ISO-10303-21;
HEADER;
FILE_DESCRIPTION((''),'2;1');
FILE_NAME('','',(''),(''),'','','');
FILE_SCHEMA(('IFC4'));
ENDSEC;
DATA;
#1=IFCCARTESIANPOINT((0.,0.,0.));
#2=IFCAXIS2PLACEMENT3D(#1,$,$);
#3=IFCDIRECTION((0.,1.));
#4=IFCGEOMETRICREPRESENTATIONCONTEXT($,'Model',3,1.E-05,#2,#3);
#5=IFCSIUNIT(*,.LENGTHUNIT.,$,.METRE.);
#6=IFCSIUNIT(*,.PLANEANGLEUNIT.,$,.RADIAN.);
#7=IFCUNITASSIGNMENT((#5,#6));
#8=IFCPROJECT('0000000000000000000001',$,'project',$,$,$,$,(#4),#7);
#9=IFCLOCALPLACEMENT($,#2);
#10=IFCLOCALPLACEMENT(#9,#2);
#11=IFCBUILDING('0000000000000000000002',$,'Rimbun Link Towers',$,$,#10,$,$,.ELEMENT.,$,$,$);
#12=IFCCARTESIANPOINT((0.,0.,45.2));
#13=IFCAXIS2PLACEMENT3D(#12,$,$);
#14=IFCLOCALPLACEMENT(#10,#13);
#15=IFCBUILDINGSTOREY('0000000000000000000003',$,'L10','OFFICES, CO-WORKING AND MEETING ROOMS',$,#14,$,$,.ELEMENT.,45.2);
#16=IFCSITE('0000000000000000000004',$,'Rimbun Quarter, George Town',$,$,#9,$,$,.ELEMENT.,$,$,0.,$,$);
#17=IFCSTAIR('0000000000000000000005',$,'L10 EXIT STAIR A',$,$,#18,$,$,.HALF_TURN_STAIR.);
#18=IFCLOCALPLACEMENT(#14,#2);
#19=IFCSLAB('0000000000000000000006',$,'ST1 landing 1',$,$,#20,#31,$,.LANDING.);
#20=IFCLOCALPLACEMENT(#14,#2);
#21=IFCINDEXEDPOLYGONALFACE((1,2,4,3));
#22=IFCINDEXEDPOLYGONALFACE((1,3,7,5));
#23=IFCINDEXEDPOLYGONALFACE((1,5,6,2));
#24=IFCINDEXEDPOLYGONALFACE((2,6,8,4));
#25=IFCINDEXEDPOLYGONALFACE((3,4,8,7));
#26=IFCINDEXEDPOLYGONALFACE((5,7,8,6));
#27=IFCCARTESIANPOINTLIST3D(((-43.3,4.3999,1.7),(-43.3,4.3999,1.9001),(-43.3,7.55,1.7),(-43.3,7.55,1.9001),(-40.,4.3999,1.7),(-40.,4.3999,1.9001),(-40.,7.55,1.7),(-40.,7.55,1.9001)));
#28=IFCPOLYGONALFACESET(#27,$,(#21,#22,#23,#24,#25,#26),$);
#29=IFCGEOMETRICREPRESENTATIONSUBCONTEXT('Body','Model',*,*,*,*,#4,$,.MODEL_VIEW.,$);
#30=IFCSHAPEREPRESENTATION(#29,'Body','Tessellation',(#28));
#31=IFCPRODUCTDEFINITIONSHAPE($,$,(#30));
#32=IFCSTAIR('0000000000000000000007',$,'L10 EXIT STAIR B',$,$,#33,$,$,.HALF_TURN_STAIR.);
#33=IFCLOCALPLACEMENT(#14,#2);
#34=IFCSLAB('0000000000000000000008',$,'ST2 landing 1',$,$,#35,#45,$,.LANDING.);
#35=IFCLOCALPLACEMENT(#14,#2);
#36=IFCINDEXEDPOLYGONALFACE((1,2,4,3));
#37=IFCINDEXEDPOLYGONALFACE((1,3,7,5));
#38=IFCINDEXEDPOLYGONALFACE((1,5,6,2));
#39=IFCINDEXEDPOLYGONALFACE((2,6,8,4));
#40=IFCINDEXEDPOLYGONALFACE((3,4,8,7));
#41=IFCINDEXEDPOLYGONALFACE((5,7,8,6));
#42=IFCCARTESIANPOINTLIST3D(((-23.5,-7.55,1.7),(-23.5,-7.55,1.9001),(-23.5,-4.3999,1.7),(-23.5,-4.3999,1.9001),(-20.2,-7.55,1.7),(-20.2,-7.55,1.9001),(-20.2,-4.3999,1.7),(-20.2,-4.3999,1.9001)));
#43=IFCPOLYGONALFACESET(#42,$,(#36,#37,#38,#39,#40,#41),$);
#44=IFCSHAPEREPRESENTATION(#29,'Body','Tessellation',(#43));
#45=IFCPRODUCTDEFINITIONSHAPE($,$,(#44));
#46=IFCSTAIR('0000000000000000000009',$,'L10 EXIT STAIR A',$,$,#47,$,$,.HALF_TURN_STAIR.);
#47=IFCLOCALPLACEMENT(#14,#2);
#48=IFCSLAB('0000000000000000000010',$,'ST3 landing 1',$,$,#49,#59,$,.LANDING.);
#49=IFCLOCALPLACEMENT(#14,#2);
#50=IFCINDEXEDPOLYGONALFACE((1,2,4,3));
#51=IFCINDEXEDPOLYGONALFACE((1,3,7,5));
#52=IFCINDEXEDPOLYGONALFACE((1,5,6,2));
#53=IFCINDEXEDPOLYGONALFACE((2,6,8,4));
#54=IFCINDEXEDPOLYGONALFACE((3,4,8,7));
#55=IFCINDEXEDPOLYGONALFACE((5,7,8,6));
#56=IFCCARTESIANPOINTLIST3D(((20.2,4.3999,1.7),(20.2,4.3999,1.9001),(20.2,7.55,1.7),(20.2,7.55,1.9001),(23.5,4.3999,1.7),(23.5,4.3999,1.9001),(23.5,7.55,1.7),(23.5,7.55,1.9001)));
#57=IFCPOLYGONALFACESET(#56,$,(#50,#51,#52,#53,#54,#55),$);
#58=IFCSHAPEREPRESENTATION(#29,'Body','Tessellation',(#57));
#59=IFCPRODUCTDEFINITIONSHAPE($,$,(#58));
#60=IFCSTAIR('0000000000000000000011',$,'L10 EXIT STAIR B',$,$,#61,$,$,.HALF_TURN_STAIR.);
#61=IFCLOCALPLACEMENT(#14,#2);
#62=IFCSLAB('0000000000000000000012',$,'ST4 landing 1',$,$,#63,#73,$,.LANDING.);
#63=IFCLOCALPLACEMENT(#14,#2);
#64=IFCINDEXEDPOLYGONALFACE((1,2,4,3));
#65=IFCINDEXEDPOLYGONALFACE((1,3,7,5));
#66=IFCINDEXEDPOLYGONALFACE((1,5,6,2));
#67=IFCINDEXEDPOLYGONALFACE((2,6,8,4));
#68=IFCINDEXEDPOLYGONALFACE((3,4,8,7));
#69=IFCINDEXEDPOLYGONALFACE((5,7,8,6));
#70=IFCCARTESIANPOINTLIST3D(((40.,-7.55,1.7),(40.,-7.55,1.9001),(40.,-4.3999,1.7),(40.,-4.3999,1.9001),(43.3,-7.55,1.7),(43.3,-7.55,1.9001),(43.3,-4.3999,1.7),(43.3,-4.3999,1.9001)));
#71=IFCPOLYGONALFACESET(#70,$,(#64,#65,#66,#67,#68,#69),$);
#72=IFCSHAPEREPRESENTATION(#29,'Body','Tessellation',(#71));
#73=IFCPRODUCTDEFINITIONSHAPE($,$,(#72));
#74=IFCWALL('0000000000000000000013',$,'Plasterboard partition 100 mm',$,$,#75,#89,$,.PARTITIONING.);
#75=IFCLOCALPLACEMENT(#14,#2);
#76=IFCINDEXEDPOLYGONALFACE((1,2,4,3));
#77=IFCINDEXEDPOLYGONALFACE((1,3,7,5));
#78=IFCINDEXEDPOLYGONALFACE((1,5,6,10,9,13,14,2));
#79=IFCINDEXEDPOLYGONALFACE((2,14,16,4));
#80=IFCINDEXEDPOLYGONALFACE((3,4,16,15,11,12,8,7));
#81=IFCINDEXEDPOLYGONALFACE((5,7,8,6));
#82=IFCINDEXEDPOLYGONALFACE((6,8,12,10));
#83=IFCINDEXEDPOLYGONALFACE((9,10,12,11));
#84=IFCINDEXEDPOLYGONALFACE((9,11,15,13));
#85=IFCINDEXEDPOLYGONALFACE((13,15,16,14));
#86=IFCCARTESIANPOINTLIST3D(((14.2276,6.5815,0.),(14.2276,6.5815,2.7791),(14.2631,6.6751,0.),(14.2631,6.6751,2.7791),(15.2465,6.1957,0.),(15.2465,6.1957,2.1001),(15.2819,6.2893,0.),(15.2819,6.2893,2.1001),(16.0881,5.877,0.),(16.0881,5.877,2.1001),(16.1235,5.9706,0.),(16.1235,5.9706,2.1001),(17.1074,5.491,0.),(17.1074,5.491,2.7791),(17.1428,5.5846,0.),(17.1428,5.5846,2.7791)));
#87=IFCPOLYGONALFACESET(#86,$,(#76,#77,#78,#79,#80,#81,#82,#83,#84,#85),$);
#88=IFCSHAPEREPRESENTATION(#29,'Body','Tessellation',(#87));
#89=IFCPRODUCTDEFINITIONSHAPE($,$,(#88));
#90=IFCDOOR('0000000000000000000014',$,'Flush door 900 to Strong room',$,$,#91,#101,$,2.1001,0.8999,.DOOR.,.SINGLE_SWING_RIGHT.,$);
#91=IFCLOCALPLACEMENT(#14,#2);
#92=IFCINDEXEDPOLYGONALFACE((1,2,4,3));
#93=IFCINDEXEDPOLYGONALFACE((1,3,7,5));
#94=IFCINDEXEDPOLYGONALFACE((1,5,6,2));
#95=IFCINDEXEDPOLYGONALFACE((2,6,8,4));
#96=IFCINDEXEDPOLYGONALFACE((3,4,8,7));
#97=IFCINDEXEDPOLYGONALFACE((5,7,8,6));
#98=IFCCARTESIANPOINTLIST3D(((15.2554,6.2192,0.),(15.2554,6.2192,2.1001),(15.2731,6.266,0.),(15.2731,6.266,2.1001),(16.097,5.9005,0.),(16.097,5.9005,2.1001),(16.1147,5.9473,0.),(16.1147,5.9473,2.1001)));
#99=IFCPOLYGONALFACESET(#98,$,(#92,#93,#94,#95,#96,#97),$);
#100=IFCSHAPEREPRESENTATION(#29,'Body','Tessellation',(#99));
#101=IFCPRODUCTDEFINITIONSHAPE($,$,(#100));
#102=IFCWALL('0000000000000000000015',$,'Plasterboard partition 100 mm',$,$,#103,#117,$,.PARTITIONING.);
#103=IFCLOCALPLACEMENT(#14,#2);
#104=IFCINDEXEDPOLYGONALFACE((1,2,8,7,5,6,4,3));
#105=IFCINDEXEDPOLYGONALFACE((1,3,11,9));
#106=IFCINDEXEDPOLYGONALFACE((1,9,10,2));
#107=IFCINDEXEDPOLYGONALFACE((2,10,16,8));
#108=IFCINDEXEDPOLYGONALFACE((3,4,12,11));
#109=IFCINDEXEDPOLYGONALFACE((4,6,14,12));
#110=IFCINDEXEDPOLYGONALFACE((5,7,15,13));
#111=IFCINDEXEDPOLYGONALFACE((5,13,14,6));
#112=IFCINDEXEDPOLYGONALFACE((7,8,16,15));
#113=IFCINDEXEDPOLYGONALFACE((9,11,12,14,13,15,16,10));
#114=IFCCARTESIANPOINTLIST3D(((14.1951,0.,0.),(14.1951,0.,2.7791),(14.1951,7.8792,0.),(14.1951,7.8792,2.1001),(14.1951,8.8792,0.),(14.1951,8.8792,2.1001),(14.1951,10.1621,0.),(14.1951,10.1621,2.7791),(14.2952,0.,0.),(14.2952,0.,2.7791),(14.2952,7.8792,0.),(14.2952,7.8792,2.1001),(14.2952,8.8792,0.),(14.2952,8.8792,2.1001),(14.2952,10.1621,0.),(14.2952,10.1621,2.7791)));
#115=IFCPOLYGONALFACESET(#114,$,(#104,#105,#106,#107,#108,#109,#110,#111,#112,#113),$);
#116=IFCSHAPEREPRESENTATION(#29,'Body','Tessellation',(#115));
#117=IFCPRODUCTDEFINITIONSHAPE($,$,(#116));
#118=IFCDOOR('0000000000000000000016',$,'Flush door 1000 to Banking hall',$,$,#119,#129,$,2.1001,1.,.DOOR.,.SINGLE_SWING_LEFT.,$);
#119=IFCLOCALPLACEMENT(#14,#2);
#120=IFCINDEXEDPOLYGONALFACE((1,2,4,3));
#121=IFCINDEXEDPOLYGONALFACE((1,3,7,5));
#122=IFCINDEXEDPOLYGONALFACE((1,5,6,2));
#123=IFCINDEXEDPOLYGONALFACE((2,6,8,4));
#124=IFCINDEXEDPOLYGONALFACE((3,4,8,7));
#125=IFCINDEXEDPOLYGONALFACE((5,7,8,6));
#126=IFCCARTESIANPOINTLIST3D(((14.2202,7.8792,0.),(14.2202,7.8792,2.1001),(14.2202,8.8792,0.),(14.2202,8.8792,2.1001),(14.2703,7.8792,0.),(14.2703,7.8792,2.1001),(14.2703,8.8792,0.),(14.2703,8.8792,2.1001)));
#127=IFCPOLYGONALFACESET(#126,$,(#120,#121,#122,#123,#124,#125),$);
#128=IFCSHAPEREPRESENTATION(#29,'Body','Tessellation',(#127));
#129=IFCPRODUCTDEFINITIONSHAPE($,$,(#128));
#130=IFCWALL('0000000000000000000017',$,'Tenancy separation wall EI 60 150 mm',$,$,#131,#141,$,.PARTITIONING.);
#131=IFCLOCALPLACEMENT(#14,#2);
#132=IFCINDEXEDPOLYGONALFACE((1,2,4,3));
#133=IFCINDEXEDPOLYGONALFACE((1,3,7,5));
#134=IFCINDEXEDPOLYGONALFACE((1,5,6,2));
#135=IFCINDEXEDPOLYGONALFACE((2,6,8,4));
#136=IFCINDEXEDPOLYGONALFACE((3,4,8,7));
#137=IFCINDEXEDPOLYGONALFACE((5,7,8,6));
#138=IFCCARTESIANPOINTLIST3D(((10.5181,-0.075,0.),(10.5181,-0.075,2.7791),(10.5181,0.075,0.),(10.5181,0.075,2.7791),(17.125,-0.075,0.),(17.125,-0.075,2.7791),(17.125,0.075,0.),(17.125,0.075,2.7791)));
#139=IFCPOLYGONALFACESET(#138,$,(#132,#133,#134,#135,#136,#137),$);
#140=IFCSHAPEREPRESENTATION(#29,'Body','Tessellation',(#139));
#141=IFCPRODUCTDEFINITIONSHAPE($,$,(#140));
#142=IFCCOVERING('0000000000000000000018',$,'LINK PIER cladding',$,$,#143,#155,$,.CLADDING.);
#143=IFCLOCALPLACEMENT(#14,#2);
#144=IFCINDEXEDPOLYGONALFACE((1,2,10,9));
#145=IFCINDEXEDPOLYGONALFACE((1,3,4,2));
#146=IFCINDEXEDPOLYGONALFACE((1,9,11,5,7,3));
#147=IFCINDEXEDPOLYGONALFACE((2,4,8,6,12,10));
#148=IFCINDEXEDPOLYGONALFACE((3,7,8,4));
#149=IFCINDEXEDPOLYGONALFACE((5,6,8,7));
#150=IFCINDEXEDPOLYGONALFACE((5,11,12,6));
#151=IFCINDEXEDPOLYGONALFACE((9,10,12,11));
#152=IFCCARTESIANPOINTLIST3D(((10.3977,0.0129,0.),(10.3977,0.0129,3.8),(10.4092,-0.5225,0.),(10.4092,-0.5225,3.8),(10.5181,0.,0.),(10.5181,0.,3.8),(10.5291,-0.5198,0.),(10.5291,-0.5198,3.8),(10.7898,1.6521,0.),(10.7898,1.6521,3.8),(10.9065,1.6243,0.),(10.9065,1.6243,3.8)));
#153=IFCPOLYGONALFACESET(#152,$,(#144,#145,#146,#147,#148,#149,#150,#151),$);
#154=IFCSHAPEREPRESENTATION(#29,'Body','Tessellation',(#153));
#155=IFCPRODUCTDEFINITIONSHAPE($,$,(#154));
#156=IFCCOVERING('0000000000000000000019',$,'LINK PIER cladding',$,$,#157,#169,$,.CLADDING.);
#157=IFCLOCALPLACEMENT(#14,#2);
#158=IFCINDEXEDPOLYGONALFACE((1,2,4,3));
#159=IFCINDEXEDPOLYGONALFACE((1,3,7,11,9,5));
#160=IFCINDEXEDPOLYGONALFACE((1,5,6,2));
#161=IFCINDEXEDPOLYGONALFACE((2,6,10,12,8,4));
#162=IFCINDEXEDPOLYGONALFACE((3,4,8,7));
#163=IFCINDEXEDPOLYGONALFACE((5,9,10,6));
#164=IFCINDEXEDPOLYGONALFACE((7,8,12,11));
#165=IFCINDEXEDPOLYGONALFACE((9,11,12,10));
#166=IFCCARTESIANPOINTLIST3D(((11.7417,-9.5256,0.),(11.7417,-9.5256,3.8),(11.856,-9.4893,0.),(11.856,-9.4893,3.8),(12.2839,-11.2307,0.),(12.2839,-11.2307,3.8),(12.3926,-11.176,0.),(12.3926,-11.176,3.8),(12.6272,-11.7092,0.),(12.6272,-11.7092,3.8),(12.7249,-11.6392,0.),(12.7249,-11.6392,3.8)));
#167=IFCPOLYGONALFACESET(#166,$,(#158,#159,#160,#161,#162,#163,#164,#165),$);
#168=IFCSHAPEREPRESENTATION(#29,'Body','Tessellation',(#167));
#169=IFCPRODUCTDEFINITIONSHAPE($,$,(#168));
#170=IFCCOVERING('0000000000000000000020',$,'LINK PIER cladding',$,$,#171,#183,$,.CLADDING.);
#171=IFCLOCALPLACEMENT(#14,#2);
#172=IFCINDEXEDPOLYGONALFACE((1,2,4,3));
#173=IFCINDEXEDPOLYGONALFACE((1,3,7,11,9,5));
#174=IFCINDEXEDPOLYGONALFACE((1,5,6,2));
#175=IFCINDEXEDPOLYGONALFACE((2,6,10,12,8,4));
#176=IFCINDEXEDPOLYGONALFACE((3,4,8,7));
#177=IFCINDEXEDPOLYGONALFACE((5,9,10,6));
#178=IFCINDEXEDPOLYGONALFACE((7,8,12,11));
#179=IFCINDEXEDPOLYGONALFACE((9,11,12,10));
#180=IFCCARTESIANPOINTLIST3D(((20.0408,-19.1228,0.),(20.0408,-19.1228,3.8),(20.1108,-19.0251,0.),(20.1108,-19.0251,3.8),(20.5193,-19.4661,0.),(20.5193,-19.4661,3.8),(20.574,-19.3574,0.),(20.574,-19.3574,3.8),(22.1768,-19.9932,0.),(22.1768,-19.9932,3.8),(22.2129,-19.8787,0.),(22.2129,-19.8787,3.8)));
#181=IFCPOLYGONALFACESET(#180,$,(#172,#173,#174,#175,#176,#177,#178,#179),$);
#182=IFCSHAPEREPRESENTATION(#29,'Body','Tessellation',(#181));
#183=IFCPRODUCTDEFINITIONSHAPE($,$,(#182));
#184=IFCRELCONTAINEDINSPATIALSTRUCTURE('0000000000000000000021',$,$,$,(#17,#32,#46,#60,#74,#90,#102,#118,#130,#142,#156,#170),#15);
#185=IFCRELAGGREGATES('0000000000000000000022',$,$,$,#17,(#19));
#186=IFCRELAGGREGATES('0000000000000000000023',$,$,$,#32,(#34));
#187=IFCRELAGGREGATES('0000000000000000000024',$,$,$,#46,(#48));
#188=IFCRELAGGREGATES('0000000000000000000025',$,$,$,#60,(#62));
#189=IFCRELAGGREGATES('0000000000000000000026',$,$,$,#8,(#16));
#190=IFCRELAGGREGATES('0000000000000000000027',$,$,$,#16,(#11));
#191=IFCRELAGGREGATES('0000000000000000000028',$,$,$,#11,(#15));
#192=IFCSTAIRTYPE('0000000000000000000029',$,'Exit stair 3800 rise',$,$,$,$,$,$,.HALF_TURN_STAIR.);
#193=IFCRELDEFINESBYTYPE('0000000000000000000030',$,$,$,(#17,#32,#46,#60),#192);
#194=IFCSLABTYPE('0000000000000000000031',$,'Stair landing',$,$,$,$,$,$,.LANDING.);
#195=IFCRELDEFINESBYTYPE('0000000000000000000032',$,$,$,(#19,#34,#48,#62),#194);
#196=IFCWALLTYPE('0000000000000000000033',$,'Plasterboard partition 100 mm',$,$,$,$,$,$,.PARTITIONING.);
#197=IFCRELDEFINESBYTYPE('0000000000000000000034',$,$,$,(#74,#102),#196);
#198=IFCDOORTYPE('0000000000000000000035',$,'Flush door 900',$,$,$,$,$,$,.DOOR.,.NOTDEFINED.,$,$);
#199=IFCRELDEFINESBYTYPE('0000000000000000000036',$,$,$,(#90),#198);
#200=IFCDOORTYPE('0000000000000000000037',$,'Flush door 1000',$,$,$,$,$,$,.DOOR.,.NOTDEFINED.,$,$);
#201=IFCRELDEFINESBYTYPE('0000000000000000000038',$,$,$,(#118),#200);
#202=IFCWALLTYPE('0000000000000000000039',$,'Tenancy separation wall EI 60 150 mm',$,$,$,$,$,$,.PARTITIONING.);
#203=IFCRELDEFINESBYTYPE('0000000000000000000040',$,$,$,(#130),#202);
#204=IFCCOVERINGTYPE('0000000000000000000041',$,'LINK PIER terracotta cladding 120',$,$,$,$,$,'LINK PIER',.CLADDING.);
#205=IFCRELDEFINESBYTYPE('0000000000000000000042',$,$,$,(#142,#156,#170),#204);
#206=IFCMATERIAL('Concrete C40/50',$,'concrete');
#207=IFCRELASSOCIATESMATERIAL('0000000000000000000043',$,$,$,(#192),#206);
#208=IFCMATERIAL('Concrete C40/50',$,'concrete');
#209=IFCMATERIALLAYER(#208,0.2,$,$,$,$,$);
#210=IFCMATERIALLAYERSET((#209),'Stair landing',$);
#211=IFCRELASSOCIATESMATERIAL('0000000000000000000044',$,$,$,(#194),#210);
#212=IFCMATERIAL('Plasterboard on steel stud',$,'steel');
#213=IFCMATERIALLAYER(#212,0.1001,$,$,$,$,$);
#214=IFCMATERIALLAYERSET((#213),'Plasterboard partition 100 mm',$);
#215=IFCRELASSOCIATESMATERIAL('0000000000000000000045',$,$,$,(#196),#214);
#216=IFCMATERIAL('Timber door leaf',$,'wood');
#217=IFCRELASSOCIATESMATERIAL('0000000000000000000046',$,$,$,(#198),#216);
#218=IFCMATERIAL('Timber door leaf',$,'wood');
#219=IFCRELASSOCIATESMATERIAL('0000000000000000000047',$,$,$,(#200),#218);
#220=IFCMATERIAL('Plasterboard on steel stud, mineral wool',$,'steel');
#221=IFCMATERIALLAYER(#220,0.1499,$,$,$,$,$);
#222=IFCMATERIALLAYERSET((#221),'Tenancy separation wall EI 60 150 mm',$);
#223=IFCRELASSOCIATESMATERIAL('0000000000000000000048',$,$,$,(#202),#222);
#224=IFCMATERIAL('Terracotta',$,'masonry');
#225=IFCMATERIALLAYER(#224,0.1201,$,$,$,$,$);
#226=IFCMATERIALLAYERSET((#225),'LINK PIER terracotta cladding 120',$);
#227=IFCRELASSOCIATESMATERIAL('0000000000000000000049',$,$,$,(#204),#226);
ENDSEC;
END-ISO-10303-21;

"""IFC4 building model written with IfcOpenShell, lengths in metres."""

from ifc_helpers import new_model, si_unit, direction, frame, frame_2d, origin, place, context, subcontext, project, spatial, polyline, rectangle, outline, extrude, material, layer, layer_set, type_object, element, fill, aggregate, save


model = new_model("IFC4")

# Units and contexts
model_context = context("Model", 3, precision=1e-05, world=origin(), true_north=direction((0.0, 1.0)))
body_context = subcontext(model_context, "Body", "Model", "MODEL_VIEW")
ifc_project = project(units=[si_unit("LENGTHUNIT", "METRE"), si_unit("PLANEANGLEUNIT", "RADIAN")], contexts=[model_context])

# Site, building, storey
site_placement = place(None, origin())
site = spatial("IfcSite", under=ifc_project, at=site_placement, Name="Rimbun Quarter, George Town", CompositionType="ELEMENT", RefElevation=0.0)
building_placement = place(site_placement, origin())
building = spatial("IfcBuilding", under=site, at=building_placement, Name="Rimbun Link Towers", CompositionType="ELEMENT")
storey_placement = place(building_placement, frame((0.0, 0.0, 45.2)))
storey = spatial("IfcBuildingStorey", under=building, at=storey_placement, Name="L10", Description="OFFICES, CO-WORKING AND MEETING ROOMS", CompositionType="ELEMENT", Elevation=45.2)

# Stairs, slabs
ifc_material_1 = material(Name="Concrete C40/50", Category="concrete")
stair_type = type_object("IfcStairType", Name="Exit stair 3800 rise", PredefinedType="HALF_TURN_STAIR", material=ifc_material_1)
stair_1_placement = place(storey_placement, origin())
stair_1 = element("IfcStair", 1, at=stair_1_placement, inside=storey, type_object=stair_type, Name="L10 EXIT STAIR A", PredefinedType="HALF_TURN_STAIR")
ifc_material_2 = material(Name="Concrete C40/50", Category="concrete")
ifc_layer_1 = layer(ifc_material_2, 0.2)
ifc_layer_set_1 = layer_set([ifc_layer_1], Name="Stair landing")
slab_type = type_object("IfcSlabType", Name="Stair landing", PredefinedType="LANDING", material=ifc_layer_set_1)
slab_1_placement = place(storey_placement, frame((0.0, 0.0, 1.7)))
slab_1 = element("IfcSlab", 2, at=slab_1_placement, type_object=slab_type, Name="ST1 landing 1", PredefinedType="LANDING", context=body_context, shape_type="SweptSolid", body=[
    extrude(outline(polyline([(-40.0, 7.55), (-43.3, 7.55), (-43.3, 4.3999), (-40.0, 4.3999), (-40.0, 7.55)])), origin(), (0.0, 0.0, 1.0), 0.2002),
])
aggregate(stair_1, [slab_1])
stair_2_placement = place(storey_placement, origin())
stair_2 = element("IfcStair", 3, at=stair_2_placement, inside=storey, type_object=stair_type, Name="L10 EXIT STAIR B", PredefinedType="HALF_TURN_STAIR")
slab_2_placement = place(storey_placement, frame((0.0, 0.0, 1.7)))
slab_2 = element("IfcSlab", 4, at=slab_2_placement, type_object=slab_type, Name="ST2 landing 1", PredefinedType="LANDING", context=body_context, shape_type="SweptSolid", body=[
    extrude(outline(polyline([(-23.5, -7.55), (-20.2, -7.55), (-20.2, -4.3999), (-23.5, -4.3999), (-23.5, -7.55)])), origin(), (0.0, 0.0, 1.0), 0.2002),
])
aggregate(stair_2, [slab_2])
stair_3_placement = place(storey_placement, origin())
stair_3 = element("IfcStair", 5, at=stair_3_placement, inside=storey, type_object=stair_type, Name="L10 EXIT STAIR A", PredefinedType="HALF_TURN_STAIR")
slab_3_placement = place(storey_placement, frame((0.0, 0.0, 1.7)))
slab_3 = element("IfcSlab", 6, at=slab_3_placement, type_object=slab_type, Name="ST3 landing 1", PredefinedType="LANDING", context=body_context, shape_type="SweptSolid", body=[
    extrude(outline(polyline([(23.5, 7.55), (20.2, 7.55), (20.2, 4.3999), (23.5, 4.3999), (23.5, 7.55)])), origin(), (0.0, 0.0, 1.0), 0.2002),
])
aggregate(stair_3, [slab_3])
stair_4_placement = place(storey_placement, origin())
stair_4 = element("IfcStair", 7, at=stair_4_placement, inside=storey, type_object=stair_type, Name="L10 EXIT STAIR B", PredefinedType="HALF_TURN_STAIR")
slab_4_placement = place(storey_placement, frame((0.0, 0.0, 1.7)))
slab_4 = element("IfcSlab", 8, at=slab_4_placement, type_object=slab_type, Name="ST4 landing 1", PredefinedType="LANDING", context=body_context, shape_type="SweptSolid", body=[
    extrude(outline(polyline([(40.0, -7.55), (43.3, -7.55), (43.3, -4.3999), (40.0, -4.3999), (40.0, -7.55)])), origin(), (0.0, 0.0, 1.0), 0.2002),
])
aggregate(stair_4, [slab_4])

# Walls, openings, doors
ifc_material_3 = material(Name="Plasterboard on steel stud", Category="steel")
ifc_layer_2 = layer(ifc_material_3, 0.1001)
ifc_layer_set_2 = layer_set([ifc_layer_2], Name="Plasterboard partition 100 mm")
wall_type_1 = type_object("IfcWallType", Name="Plasterboard partition 100 mm", PredefinedType="PARTITIONING", material=ifc_layer_set_2)
wall_1_placement = place(storey_placement, frame((17.125, 5.5378, 0.0), z_axis=(0.0, 0.0, 1.0), x_axis=(-0.93519, 0.354145, 0.0)))
wall_1 = element("IfcWall", 9, at=wall_1_placement, inside=storey, type_object=wall_type_1, Name="Plasterboard partition 100 mm", PredefinedType="PARTITIONING", context=body_context, shape_type="SweptSolid", body=[
    extrude(rectangle(XDim=3.0793, YDim=0.1001, at=frame_2d((1.5396, 0.0))), origin(), (0.0, 0.0, 1.0), 2.7791),
])
opening_1_placement = place(wall_1_placement, frame((1.0898, 0.0, 0.0)))
opening_1 = element("IfcOpeningElement", 10, at=opening_1_placement, cuts=wall_1, PredefinedType="OPENING", context=body_context, shape_type="SweptSolid", body=[
    extrude(rectangle(XDim=0.8999, YDim=2.1001, at=frame_2d((0.45, 1.05))), frame((0.0, 0.0601, 0.0), z_axis=(0.0, -1.0, 0.0), x_axis=(1.0, 0.0, 0.0)), (0.0, 0.0, 1.0), 0.1201),
])
ifc_material_4 = material(Name="Timber door leaf", Category="wood")
door_type_1 = type_object("IfcDoorType", Name="Flush door 900", OperationType="NOTDEFINED", PredefinedType="DOOR", material=ifc_material_4)
door_1_placement = place(opening_1_placement, origin())
door_1 = element("IfcDoor", 11, at=door_1_placement, inside=storey, type_object=door_type_1, Name="Flush door 900 to Strong room", OperationType="SINGLE_SWING_RIGHT", OverallHeight=2.1001, OverallWidth=0.8999, PredefinedType="DOOR", context=body_context, shape_type="SweptSolid", body=[
    extrude(rectangle(XDim=0.8999, YDim=2.1001, at=frame_2d((0.45, 1.05))), frame((0.0, 0.0249, 0.0), z_axis=(0.0, -1.0, 0.0), x_axis=(1.0, 0.0, 0.0)), (0.0, 0.0, 1.0), 0.05),
])
fill(opening_1, door_1)
wall_2_placement = place(storey_placement, frame((14.2451, 0.0, 0.0), z_axis=(0.0, 0.0, 1.0), x_axis=(0.0, 1.0, 0.0)))
wall_2 = element("IfcWall", 12, at=wall_2_placement, inside=storey, type_object=wall_type_1, Name="Plasterboard partition 100 mm", PredefinedType="PARTITIONING", context=body_context, shape_type="SweptSolid", body=[
    extrude(rectangle(XDim=10.1621, YDim=0.1001, at=frame_2d((5.0811, 0.0))), origin(), (0.0, 0.0, 1.0), 2.7791),
])
opening_2_placement = place(wall_2_placement, frame((7.8792, 0.0, 0.0)))
opening_2 = element("IfcOpeningElement", 13, at=opening_2_placement, cuts=wall_2, PredefinedType="OPENING", context=body_context, shape_type="SweptSolid", body=[
    extrude(rectangle(XDim=1.0, YDim=2.1001, at=frame_2d((0.5, 1.05))), frame((0.0, 0.0601, 0.0), z_axis=(0.0, -1.0, 0.0), x_axis=(1.0, 0.0, 0.0)), (0.0, 0.0, 1.0), 0.1201),
])
ifc_material_5 = material(Name="Timber door leaf", Category="wood")
door_type_2 = type_object("IfcDoorType", Name="Flush door 1000", OperationType="NOTDEFINED", PredefinedType="DOOR", material=ifc_material_5)
door_2_placement = place(opening_2_placement, origin())
door_2 = element("IfcDoor", 14, at=door_2_placement, inside=storey, type_object=door_type_2, Name="Flush door 1000 to Banking hall", OperationType="SINGLE_SWING_LEFT", OverallHeight=2.1001, OverallWidth=1.0, PredefinedType="DOOR", context=body_context, shape_type="SweptSolid", body=[
    extrude(rectangle(XDim=1.0, YDim=2.1001, at=frame_2d((0.5, 1.05))), frame((0.0, 0.0249, 0.0), z_axis=(0.0, -1.0, 0.0), x_axis=(1.0, 0.0, 0.0)), (0.0, 0.0, 1.0), 0.05),
])
fill(opening_2, door_2)

# Wall
ifc_material_6 = material(Name="Plasterboard on steel stud, mineral wool", Category="steel")
ifc_layer_3 = layer(ifc_material_6, 0.1499)
ifc_layer_set_3 = layer_set([ifc_layer_3], Name="Tenancy separation wall EI 60 150 mm")
wall_type_2 = type_object("IfcWallType", Name="Tenancy separation wall EI 60 150 mm", PredefinedType="PARTITIONING", material=ifc_layer_set_3)
wall_3_placement = place(storey_placement, frame((17.125, 0.0, 0.0), z_axis=(0.0, 0.0, 1.0), x_axis=(-1.0, 0.0, 0.0)))
element("IfcWall", 15, at=wall_3_placement, inside=storey, type_object=wall_type_2, Name="Tenancy separation wall EI 60 150 mm", PredefinedType="PARTITIONING", context=body_context, shape_type="SweptSolid", body=[
    extrude(rectangle(XDim=6.6069, YDim=0.1499, at=frame_2d((3.3035, 0.0))), origin(), (0.0, 0.0, 1.0), 2.7791),
])

# Coverings
ifc_material_7 = material(Name="Terracotta", Category="masonry")
ifc_layer_4 = layer(ifc_material_7, 0.1201)
ifc_layer_set_4 = layer_set([ifc_layer_4], Name="LINK PIER terracotta cladding 120")
covering_type_1 = type_object("IfcCoveringType", Name="LINK PIER terracotta cladding 120", ElementType="LINK PIER", PredefinedType="CLADDING", material=ifc_layer_set_4)
covering_1_placement = place(storey_placement, origin())
element("IfcCovering", 16, at=covering_1_placement, inside=storey, type_object=covering_type_1, Name="LINK PIER cladding", PredefinedType="CLADDING", context=body_context, shape_type="SweptSolid", body=[
    extrude(outline(polyline([(10.5291, -0.5198), (10.5181, 0.0), (10.9065, 1.6243), (10.7898, 1.6521), (10.3977, 0.0129), (10.4092, -0.5225), (10.5291, -0.5198)])), origin(), (0.0, 0.0, 1.0), 3.8),
])
covering_2_placement = place(storey_placement, origin())
element("IfcCovering", 17, at=covering_2_placement, inside=storey, type_object=covering_type_1, Name="LINK PIER cladding", PredefinedType="CLADDING", context=body_context, shape_type="SweptSolid", body=[
    extrude(outline(polyline([(12.7249, -11.6392), (12.3926, -11.176), (11.856, -9.4893), (11.7417, -9.5256), (12.2839, -11.2307), (12.6272, -11.7092), (12.7249, -11.6392)])), origin(), (0.0, 0.0, 1.0), 3.8),
])
covering_3_placement = place(storey_placement, origin())
element("IfcCovering", 18, at=covering_3_placement, inside=storey, type_object=covering_type_1, Name="LINK PIER cladding", PredefinedType="CLADDING", context=body_context, shape_type="SweptSolid", body=[
    extrude(outline(polyline([(22.2129, -19.8787), (20.574, -19.3574), (20.1108, -19.0251), (20.0408, -19.1228), (20.5193, -19.4661), (22.1768, -19.9932), (22.2129, -19.8787)])), origin(), (0.0, 0.0, 1.0), 3.8),
])

save(model, "model.ifc")
